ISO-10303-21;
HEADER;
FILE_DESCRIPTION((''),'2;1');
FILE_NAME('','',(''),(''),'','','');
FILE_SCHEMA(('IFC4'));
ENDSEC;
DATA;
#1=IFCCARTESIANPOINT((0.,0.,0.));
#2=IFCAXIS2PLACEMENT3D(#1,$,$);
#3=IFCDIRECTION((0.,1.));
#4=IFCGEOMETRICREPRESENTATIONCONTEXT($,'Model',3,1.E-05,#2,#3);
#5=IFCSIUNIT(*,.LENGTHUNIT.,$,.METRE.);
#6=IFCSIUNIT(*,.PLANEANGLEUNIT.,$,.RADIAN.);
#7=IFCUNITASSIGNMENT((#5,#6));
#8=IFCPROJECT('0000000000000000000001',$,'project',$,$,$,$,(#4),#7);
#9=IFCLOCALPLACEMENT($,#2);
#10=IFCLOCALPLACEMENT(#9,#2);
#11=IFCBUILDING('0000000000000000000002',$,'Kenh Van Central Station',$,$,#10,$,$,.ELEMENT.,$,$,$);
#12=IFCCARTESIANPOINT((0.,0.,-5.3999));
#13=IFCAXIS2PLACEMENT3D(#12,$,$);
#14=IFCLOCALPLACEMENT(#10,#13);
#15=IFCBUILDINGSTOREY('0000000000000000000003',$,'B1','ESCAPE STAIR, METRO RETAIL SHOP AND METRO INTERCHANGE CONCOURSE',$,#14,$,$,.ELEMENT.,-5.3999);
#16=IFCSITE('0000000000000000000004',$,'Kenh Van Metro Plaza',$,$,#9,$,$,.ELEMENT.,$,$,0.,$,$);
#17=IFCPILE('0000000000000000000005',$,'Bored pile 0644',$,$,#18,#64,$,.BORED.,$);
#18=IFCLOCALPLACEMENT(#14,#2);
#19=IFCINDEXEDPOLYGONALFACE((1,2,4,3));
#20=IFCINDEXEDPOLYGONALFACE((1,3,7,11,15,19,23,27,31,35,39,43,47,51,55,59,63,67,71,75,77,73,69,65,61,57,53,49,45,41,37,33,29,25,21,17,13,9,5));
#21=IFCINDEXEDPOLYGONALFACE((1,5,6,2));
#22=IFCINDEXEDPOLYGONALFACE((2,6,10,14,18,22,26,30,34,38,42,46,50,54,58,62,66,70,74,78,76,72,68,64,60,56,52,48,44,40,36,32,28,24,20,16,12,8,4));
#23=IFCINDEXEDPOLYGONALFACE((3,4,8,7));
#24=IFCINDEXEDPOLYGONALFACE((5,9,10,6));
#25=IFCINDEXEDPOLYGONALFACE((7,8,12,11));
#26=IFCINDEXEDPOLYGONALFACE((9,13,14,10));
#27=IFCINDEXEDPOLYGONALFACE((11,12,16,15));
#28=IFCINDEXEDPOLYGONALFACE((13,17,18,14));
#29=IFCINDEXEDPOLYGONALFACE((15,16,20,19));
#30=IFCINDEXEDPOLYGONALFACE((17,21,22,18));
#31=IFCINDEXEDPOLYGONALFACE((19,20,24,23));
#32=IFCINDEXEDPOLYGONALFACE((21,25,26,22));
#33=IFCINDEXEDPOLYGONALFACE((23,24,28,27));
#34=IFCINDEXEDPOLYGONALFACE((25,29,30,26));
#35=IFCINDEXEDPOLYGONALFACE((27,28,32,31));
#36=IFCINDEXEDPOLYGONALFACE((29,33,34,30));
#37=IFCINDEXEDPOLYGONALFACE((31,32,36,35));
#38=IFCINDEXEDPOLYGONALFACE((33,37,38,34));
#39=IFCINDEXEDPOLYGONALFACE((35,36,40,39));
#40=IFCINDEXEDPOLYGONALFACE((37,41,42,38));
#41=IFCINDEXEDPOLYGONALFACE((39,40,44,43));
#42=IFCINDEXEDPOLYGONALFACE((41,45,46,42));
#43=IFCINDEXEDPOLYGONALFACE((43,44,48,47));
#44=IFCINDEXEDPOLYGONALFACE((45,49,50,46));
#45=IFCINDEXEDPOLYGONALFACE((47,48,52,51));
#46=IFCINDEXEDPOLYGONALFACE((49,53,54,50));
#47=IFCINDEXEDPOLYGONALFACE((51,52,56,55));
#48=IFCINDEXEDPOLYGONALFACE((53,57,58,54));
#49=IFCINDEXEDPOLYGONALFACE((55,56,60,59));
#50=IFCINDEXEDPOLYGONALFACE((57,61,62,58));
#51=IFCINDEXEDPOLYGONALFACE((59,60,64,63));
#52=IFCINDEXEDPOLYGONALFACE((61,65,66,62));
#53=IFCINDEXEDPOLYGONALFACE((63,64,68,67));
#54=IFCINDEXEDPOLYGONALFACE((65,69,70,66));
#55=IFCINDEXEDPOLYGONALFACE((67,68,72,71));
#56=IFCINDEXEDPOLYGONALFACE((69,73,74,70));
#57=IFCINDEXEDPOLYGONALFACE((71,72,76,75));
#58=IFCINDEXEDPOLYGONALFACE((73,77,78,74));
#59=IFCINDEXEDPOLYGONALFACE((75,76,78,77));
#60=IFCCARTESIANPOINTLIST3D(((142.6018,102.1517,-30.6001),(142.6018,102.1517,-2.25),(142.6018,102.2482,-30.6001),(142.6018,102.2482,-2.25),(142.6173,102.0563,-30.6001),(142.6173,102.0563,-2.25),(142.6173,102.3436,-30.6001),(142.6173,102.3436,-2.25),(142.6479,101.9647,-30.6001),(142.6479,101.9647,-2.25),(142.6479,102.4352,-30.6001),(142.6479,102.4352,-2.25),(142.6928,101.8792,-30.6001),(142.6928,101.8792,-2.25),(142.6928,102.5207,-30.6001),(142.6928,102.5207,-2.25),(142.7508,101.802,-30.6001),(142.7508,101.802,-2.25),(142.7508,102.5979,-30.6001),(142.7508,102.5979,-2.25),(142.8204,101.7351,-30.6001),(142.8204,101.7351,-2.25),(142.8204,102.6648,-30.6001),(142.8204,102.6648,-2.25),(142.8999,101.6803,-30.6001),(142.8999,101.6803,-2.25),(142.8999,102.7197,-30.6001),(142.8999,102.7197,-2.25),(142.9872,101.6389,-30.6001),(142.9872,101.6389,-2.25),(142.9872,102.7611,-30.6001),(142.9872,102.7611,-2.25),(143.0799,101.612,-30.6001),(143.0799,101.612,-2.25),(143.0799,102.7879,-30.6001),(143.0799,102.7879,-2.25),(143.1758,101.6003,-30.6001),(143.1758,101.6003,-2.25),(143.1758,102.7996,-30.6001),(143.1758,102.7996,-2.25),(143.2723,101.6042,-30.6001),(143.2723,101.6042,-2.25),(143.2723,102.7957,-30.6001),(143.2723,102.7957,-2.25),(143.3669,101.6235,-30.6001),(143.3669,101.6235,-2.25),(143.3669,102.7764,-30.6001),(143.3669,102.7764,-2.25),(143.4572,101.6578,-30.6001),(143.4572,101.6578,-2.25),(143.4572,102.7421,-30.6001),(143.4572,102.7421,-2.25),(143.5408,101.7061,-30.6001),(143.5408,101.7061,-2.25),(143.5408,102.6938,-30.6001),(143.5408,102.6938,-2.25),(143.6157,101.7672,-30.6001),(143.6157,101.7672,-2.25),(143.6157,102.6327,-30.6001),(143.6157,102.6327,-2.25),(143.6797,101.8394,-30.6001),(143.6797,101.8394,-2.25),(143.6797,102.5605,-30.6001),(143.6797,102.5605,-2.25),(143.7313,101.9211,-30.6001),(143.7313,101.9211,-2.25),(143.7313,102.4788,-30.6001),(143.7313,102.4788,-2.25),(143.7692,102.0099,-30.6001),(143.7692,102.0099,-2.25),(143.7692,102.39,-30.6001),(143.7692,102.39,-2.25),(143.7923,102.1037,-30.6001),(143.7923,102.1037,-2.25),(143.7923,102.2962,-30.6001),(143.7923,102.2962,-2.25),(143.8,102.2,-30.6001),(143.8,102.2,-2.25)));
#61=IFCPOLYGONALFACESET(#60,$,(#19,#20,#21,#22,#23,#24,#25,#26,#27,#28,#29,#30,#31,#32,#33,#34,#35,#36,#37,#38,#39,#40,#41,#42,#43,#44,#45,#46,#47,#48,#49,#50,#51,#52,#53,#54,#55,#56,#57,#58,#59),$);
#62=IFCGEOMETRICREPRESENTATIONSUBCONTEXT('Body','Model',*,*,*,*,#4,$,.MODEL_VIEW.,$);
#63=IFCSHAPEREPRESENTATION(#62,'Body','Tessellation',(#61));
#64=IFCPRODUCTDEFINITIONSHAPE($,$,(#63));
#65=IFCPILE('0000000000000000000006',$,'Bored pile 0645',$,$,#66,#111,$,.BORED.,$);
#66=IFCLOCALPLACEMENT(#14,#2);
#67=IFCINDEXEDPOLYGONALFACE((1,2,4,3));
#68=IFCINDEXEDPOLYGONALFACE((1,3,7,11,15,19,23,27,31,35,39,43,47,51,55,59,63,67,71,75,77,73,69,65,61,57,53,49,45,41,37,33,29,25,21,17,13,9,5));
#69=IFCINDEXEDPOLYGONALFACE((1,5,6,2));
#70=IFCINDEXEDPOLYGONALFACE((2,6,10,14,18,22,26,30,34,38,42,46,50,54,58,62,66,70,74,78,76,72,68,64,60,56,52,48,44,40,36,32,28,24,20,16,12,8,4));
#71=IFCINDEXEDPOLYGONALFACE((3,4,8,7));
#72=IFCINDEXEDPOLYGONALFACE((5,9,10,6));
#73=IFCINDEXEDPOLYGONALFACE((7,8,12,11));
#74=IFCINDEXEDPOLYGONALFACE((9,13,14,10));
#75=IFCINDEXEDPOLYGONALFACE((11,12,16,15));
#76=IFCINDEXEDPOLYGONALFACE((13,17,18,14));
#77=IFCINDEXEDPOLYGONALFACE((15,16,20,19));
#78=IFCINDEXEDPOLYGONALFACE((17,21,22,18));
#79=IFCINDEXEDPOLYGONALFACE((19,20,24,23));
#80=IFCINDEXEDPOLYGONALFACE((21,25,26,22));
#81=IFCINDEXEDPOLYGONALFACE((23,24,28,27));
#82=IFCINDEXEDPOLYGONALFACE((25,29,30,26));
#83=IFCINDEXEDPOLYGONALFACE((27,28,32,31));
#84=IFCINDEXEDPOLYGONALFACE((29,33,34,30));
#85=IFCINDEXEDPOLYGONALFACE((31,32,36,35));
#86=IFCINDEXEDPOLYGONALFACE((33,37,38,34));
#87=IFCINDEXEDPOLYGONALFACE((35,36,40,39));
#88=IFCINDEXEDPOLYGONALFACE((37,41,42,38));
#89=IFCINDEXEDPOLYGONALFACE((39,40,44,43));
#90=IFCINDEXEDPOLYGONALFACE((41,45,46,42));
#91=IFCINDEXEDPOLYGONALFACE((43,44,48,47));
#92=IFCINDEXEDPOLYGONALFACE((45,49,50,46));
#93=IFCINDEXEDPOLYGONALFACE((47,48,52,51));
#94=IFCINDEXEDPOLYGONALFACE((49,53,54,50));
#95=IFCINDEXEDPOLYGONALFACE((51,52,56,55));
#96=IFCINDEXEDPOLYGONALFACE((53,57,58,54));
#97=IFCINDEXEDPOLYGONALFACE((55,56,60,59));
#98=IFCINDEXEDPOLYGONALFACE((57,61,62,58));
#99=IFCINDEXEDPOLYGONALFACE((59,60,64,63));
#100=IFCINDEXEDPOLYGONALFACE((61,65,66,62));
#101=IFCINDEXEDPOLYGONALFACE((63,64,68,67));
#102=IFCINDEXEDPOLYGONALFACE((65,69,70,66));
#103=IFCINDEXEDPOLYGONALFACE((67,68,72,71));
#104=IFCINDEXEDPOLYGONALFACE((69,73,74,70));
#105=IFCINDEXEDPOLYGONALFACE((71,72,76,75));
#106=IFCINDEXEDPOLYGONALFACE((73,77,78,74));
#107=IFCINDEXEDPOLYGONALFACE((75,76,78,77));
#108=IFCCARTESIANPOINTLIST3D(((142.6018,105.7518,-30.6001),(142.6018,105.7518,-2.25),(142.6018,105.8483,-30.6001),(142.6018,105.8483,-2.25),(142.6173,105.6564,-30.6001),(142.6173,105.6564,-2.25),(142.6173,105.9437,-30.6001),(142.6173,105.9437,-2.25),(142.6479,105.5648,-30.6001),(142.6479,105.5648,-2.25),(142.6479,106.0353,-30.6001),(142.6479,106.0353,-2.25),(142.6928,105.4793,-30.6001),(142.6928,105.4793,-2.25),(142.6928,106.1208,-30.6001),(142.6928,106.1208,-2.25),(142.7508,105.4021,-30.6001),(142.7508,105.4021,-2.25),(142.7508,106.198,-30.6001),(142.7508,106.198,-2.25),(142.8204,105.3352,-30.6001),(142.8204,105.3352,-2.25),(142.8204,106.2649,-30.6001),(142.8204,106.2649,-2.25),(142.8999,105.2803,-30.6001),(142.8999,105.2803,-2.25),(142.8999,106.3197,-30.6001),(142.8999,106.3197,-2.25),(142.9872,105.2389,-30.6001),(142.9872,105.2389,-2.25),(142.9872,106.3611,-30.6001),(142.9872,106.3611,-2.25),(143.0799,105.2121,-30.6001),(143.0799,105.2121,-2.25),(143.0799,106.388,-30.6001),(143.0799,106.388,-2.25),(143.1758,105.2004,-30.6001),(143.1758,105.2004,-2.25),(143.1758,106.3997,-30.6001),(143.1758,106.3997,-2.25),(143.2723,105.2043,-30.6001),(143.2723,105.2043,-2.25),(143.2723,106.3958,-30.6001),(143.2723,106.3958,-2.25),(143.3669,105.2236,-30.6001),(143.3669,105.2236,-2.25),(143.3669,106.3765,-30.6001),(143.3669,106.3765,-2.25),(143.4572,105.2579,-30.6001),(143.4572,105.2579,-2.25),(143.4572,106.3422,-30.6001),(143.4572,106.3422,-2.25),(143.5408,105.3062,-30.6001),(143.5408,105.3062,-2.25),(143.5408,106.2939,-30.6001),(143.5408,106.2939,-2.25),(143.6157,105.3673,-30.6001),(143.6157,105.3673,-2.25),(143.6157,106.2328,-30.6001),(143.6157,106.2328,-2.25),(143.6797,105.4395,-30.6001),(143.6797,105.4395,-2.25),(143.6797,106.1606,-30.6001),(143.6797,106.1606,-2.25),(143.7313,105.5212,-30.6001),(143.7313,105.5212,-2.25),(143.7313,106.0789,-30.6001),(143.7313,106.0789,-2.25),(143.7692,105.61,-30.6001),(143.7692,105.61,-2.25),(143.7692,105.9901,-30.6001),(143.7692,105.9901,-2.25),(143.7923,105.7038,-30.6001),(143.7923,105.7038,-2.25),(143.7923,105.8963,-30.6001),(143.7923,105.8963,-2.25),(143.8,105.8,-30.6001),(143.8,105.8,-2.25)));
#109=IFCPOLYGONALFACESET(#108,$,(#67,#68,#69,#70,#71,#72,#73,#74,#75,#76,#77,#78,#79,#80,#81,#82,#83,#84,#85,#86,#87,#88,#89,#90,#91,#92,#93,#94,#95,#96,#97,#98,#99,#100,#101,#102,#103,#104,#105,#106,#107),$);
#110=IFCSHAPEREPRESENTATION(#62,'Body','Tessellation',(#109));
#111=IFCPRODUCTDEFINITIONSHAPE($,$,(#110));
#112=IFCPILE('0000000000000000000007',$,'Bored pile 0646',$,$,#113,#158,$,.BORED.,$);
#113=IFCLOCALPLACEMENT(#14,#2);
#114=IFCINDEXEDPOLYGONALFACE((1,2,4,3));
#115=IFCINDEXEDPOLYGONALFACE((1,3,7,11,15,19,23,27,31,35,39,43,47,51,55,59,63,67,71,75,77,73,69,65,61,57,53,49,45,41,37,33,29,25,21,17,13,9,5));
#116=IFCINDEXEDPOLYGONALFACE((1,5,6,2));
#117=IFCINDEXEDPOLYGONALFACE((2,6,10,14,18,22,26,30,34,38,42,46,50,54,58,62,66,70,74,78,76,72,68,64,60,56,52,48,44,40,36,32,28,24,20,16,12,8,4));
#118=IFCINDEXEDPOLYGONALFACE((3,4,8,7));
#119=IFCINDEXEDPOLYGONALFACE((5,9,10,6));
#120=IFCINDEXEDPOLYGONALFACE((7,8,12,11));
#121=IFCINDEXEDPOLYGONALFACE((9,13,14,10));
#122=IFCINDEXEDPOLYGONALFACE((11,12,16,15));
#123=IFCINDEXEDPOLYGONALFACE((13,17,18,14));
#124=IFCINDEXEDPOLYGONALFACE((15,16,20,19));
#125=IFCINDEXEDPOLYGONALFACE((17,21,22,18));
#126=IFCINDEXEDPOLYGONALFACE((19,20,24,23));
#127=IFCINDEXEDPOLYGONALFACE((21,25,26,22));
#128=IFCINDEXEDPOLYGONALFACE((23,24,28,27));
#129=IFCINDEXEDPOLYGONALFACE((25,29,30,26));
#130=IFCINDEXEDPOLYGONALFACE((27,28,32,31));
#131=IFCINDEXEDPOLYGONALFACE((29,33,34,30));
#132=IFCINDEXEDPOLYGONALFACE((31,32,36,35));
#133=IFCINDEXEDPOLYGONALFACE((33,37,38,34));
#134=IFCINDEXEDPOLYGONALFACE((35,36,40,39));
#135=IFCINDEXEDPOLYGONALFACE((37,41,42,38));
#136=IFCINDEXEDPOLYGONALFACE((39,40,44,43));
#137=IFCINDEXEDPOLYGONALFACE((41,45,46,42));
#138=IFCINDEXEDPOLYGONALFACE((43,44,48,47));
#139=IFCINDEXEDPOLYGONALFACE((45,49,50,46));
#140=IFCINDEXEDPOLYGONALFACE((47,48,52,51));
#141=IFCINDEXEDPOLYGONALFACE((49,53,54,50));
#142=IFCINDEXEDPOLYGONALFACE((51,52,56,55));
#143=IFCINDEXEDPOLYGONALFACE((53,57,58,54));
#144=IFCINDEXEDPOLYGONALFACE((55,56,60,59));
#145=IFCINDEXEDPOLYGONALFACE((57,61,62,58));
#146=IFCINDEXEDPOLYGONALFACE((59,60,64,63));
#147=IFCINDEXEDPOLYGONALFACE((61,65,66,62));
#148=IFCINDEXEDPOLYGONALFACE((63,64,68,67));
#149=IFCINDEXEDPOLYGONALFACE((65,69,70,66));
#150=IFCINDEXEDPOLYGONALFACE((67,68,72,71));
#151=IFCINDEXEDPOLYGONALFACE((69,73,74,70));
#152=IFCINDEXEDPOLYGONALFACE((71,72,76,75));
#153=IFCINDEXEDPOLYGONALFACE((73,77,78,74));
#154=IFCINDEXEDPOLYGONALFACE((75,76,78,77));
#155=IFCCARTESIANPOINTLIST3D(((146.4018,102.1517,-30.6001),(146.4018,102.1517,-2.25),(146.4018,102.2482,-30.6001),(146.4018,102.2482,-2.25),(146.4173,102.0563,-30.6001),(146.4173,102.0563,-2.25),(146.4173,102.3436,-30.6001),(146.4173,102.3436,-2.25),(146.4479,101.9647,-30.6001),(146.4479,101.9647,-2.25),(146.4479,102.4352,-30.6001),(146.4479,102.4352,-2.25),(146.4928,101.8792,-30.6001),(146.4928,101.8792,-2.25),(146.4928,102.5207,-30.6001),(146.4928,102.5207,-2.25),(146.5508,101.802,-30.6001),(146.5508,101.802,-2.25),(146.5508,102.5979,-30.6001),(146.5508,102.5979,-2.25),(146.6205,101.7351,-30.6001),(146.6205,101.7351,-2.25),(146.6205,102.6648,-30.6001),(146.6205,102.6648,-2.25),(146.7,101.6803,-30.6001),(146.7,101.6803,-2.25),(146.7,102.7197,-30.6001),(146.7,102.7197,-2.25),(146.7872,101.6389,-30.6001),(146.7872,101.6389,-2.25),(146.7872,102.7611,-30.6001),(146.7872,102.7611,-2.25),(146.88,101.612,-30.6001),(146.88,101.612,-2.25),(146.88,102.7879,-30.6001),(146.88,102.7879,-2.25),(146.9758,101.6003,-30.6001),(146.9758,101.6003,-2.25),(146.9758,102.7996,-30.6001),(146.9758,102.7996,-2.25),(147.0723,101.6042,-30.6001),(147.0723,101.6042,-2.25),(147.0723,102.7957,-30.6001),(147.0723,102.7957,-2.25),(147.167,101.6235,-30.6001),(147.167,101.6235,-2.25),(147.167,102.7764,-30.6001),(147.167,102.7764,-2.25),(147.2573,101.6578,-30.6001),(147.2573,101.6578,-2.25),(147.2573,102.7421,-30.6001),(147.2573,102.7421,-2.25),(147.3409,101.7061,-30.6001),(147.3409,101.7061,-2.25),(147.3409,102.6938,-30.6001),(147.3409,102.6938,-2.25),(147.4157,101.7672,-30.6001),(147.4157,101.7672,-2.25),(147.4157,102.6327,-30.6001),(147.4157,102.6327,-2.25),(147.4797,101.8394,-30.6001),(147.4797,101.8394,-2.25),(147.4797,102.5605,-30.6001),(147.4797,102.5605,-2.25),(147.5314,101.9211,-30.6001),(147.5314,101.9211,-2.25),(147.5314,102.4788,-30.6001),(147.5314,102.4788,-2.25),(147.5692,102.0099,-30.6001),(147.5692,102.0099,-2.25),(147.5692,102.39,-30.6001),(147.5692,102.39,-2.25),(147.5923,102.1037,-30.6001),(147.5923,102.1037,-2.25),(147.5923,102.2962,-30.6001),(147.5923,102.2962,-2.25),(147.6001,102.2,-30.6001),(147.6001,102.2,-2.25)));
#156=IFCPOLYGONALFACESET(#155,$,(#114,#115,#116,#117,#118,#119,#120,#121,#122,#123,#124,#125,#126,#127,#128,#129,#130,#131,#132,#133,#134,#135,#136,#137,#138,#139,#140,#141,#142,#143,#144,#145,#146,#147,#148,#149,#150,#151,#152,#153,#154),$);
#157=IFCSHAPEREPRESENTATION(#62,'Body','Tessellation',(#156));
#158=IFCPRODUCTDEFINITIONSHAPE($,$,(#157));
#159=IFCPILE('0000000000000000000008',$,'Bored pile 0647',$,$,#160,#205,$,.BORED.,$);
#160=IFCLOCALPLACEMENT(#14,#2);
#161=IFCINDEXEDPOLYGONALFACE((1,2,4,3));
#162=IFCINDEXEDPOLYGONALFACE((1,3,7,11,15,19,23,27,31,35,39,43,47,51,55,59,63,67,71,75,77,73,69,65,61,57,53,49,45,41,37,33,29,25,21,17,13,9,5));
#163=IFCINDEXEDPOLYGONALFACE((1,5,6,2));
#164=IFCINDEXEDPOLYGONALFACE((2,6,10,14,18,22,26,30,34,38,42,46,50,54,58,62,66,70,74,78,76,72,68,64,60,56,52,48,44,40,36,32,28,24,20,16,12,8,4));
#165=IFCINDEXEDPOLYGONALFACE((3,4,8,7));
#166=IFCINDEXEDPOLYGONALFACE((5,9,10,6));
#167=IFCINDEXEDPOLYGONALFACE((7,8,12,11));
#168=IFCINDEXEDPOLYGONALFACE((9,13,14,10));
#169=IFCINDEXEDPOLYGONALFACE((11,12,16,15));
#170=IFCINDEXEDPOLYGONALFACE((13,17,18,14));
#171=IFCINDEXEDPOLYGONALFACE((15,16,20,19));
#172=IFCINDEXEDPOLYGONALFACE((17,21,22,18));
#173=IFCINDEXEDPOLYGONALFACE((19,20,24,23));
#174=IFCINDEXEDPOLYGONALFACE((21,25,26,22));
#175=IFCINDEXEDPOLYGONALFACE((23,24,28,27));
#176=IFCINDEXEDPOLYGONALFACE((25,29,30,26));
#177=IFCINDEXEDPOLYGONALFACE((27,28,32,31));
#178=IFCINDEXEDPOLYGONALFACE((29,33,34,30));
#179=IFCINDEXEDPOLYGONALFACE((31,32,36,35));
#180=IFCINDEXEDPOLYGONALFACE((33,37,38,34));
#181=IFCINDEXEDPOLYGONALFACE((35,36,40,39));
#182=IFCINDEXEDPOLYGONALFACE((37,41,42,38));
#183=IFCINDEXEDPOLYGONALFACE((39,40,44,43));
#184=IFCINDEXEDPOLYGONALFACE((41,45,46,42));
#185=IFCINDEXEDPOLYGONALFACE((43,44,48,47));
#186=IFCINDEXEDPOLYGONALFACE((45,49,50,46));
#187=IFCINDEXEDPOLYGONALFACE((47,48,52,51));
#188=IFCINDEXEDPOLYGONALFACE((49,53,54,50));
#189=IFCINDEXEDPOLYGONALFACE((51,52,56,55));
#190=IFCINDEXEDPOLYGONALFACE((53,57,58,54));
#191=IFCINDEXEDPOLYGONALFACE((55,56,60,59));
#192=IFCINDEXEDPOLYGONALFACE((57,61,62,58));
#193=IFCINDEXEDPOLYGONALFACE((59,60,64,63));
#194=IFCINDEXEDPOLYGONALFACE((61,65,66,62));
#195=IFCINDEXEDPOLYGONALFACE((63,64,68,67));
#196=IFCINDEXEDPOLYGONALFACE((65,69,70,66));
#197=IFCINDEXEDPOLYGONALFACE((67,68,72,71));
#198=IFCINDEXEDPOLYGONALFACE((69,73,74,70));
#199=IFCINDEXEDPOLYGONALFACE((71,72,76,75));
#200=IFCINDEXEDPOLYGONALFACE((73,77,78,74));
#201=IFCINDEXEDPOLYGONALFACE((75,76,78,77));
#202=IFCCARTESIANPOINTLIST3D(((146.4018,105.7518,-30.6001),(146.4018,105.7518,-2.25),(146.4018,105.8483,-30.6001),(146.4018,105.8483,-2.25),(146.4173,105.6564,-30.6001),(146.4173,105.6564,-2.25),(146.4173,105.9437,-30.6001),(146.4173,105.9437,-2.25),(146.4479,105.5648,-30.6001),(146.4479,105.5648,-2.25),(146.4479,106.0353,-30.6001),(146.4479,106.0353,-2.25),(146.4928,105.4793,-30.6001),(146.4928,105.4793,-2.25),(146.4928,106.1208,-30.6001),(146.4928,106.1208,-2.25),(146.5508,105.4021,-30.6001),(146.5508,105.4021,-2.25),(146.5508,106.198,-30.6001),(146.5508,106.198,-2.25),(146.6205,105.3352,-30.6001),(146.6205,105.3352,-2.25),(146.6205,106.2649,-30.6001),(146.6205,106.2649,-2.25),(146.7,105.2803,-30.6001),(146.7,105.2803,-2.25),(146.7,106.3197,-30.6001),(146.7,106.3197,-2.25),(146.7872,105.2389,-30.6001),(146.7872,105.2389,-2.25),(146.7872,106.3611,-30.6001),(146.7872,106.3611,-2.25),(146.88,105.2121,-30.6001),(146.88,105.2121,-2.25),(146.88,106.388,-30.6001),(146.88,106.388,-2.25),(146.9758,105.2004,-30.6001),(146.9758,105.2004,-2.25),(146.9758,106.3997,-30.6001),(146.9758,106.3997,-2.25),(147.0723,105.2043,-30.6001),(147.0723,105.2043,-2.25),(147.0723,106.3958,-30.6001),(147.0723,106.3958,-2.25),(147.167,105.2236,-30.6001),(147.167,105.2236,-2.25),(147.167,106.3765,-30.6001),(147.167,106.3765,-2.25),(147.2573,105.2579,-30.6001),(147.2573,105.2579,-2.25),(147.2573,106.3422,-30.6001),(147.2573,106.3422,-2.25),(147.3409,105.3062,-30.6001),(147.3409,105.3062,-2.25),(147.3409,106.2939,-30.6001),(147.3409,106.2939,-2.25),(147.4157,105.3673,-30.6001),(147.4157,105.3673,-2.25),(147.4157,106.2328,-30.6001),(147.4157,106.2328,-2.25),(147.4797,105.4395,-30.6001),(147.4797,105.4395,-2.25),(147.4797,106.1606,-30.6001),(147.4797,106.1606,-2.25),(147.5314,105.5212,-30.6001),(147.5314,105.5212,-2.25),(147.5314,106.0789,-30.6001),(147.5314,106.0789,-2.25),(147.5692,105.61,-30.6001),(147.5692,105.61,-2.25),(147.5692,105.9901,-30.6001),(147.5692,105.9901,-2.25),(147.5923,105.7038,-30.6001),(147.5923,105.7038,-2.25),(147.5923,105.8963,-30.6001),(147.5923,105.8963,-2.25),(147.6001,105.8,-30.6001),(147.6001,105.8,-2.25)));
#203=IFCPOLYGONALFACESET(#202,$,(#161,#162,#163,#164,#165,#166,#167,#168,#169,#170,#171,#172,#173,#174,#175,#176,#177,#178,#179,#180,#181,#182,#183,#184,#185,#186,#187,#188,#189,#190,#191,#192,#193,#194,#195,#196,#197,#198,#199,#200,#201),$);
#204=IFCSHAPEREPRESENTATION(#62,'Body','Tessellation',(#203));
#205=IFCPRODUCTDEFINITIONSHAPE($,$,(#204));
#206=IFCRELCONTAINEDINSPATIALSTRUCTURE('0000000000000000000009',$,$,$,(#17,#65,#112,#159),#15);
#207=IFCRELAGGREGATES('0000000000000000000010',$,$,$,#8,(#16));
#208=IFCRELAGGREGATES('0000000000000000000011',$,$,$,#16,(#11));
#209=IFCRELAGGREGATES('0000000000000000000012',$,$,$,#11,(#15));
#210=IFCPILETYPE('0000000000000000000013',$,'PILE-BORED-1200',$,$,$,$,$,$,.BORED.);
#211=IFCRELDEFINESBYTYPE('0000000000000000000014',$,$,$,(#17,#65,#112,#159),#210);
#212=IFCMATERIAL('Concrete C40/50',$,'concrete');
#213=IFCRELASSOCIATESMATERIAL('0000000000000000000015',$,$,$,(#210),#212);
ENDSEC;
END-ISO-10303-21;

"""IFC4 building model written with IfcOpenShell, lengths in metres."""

from ifc_helpers import new_model, si_unit, direction, frame, origin, origin_2d, place, context, subcontext, project, spatial, circle, extrude, material, material_profile, profile_set, type_object, element, save


model = new_model("IFC4")

# Units and contexts
model_context = context("Model", 3, precision=1e-05, world=origin(), true_north=direction((0.0, 1.0)))
body_context = subcontext(model_context, "Body", "Model", "MODEL_VIEW")
ifc_project = project(units=[si_unit("LENGTHUNIT", "METRE"), si_unit("PLANEANGLEUNIT", "RADIAN")], contexts=[model_context])

# Site, building, storey
site_placement = place(None, origin())
site = spatial("IfcSite", under=ifc_project, at=site_placement, Name="Kenh Van Metro Plaza", CompositionType="ELEMENT", RefElevation=0.0)
building_placement = place(site_placement, origin())
building = spatial("IfcBuilding", under=site, at=building_placement, Name="Kenh Van Central Station", CompositionType="ELEMENT")
storey_placement = place(building_placement, frame((0.0, 0.0, -5.3999)))
storey = spatial("IfcBuildingStorey", under=building, at=storey_placement, Name="B1", Description="ESCAPE STAIR, METRO RETAIL SHOP AND METRO INTERCHANGE CONCOURSE", CompositionType="ELEMENT", Elevation=-5.3999)

# Shared definitions
ifc_material_1 = material(Name="Concrete C40/50", Category="concrete")

# Piles
ifc_material_profile_1 = material_profile(ifc_material_1, circle(Radius=0.6001, at=origin_2d()), Name="PILE D1200")
ifc_profile_set_1 = profile_set([ifc_material_profile_1], Name="Concrete C40/50")
pile_type_1 = type_object("IfcPileType", Name="PILE-BORED-1200", PredefinedType="BORED", material=ifc_profile_set_1)
for number, where, z_axis, x_axis, name in (
    (1, (143.2, 102.2, -2.25), (0.0, 0.0, -1.0), (1.0, 0.0, 0.0), "Bored pile 0644"),
    (2, (143.2, 105.8, -2.25), (0.0, 0.0, -1.0), (1.0, 0.0, 0.0), "Bored pile 0645"),
    (3, (147.0, 102.2, -2.25), (0.0, 0.0, -1.0), (1.0, 0.0, 0.0), "Bored pile 0646"),
    (4, (147.0, 105.8, -2.25), (0.0, 0.0, -1.0), (1.0, 0.0, 0.0), "Bored pile 0647"),
):
    element("IfcPile", number, at=place(storey_placement, frame(where, z_axis=z_axis, x_axis=x_axis)), inside=storey, type_object=pile_type_1, Name=name, PredefinedType="BORED", context=body_context, shape_type="SweptSolid", body=[
        extrude(circle(Radius=0.6001, at=origin_2d()), origin(), (0.0, 0.0, 1.0), 28.3501),
    ])

save(model, "model.ifc")
